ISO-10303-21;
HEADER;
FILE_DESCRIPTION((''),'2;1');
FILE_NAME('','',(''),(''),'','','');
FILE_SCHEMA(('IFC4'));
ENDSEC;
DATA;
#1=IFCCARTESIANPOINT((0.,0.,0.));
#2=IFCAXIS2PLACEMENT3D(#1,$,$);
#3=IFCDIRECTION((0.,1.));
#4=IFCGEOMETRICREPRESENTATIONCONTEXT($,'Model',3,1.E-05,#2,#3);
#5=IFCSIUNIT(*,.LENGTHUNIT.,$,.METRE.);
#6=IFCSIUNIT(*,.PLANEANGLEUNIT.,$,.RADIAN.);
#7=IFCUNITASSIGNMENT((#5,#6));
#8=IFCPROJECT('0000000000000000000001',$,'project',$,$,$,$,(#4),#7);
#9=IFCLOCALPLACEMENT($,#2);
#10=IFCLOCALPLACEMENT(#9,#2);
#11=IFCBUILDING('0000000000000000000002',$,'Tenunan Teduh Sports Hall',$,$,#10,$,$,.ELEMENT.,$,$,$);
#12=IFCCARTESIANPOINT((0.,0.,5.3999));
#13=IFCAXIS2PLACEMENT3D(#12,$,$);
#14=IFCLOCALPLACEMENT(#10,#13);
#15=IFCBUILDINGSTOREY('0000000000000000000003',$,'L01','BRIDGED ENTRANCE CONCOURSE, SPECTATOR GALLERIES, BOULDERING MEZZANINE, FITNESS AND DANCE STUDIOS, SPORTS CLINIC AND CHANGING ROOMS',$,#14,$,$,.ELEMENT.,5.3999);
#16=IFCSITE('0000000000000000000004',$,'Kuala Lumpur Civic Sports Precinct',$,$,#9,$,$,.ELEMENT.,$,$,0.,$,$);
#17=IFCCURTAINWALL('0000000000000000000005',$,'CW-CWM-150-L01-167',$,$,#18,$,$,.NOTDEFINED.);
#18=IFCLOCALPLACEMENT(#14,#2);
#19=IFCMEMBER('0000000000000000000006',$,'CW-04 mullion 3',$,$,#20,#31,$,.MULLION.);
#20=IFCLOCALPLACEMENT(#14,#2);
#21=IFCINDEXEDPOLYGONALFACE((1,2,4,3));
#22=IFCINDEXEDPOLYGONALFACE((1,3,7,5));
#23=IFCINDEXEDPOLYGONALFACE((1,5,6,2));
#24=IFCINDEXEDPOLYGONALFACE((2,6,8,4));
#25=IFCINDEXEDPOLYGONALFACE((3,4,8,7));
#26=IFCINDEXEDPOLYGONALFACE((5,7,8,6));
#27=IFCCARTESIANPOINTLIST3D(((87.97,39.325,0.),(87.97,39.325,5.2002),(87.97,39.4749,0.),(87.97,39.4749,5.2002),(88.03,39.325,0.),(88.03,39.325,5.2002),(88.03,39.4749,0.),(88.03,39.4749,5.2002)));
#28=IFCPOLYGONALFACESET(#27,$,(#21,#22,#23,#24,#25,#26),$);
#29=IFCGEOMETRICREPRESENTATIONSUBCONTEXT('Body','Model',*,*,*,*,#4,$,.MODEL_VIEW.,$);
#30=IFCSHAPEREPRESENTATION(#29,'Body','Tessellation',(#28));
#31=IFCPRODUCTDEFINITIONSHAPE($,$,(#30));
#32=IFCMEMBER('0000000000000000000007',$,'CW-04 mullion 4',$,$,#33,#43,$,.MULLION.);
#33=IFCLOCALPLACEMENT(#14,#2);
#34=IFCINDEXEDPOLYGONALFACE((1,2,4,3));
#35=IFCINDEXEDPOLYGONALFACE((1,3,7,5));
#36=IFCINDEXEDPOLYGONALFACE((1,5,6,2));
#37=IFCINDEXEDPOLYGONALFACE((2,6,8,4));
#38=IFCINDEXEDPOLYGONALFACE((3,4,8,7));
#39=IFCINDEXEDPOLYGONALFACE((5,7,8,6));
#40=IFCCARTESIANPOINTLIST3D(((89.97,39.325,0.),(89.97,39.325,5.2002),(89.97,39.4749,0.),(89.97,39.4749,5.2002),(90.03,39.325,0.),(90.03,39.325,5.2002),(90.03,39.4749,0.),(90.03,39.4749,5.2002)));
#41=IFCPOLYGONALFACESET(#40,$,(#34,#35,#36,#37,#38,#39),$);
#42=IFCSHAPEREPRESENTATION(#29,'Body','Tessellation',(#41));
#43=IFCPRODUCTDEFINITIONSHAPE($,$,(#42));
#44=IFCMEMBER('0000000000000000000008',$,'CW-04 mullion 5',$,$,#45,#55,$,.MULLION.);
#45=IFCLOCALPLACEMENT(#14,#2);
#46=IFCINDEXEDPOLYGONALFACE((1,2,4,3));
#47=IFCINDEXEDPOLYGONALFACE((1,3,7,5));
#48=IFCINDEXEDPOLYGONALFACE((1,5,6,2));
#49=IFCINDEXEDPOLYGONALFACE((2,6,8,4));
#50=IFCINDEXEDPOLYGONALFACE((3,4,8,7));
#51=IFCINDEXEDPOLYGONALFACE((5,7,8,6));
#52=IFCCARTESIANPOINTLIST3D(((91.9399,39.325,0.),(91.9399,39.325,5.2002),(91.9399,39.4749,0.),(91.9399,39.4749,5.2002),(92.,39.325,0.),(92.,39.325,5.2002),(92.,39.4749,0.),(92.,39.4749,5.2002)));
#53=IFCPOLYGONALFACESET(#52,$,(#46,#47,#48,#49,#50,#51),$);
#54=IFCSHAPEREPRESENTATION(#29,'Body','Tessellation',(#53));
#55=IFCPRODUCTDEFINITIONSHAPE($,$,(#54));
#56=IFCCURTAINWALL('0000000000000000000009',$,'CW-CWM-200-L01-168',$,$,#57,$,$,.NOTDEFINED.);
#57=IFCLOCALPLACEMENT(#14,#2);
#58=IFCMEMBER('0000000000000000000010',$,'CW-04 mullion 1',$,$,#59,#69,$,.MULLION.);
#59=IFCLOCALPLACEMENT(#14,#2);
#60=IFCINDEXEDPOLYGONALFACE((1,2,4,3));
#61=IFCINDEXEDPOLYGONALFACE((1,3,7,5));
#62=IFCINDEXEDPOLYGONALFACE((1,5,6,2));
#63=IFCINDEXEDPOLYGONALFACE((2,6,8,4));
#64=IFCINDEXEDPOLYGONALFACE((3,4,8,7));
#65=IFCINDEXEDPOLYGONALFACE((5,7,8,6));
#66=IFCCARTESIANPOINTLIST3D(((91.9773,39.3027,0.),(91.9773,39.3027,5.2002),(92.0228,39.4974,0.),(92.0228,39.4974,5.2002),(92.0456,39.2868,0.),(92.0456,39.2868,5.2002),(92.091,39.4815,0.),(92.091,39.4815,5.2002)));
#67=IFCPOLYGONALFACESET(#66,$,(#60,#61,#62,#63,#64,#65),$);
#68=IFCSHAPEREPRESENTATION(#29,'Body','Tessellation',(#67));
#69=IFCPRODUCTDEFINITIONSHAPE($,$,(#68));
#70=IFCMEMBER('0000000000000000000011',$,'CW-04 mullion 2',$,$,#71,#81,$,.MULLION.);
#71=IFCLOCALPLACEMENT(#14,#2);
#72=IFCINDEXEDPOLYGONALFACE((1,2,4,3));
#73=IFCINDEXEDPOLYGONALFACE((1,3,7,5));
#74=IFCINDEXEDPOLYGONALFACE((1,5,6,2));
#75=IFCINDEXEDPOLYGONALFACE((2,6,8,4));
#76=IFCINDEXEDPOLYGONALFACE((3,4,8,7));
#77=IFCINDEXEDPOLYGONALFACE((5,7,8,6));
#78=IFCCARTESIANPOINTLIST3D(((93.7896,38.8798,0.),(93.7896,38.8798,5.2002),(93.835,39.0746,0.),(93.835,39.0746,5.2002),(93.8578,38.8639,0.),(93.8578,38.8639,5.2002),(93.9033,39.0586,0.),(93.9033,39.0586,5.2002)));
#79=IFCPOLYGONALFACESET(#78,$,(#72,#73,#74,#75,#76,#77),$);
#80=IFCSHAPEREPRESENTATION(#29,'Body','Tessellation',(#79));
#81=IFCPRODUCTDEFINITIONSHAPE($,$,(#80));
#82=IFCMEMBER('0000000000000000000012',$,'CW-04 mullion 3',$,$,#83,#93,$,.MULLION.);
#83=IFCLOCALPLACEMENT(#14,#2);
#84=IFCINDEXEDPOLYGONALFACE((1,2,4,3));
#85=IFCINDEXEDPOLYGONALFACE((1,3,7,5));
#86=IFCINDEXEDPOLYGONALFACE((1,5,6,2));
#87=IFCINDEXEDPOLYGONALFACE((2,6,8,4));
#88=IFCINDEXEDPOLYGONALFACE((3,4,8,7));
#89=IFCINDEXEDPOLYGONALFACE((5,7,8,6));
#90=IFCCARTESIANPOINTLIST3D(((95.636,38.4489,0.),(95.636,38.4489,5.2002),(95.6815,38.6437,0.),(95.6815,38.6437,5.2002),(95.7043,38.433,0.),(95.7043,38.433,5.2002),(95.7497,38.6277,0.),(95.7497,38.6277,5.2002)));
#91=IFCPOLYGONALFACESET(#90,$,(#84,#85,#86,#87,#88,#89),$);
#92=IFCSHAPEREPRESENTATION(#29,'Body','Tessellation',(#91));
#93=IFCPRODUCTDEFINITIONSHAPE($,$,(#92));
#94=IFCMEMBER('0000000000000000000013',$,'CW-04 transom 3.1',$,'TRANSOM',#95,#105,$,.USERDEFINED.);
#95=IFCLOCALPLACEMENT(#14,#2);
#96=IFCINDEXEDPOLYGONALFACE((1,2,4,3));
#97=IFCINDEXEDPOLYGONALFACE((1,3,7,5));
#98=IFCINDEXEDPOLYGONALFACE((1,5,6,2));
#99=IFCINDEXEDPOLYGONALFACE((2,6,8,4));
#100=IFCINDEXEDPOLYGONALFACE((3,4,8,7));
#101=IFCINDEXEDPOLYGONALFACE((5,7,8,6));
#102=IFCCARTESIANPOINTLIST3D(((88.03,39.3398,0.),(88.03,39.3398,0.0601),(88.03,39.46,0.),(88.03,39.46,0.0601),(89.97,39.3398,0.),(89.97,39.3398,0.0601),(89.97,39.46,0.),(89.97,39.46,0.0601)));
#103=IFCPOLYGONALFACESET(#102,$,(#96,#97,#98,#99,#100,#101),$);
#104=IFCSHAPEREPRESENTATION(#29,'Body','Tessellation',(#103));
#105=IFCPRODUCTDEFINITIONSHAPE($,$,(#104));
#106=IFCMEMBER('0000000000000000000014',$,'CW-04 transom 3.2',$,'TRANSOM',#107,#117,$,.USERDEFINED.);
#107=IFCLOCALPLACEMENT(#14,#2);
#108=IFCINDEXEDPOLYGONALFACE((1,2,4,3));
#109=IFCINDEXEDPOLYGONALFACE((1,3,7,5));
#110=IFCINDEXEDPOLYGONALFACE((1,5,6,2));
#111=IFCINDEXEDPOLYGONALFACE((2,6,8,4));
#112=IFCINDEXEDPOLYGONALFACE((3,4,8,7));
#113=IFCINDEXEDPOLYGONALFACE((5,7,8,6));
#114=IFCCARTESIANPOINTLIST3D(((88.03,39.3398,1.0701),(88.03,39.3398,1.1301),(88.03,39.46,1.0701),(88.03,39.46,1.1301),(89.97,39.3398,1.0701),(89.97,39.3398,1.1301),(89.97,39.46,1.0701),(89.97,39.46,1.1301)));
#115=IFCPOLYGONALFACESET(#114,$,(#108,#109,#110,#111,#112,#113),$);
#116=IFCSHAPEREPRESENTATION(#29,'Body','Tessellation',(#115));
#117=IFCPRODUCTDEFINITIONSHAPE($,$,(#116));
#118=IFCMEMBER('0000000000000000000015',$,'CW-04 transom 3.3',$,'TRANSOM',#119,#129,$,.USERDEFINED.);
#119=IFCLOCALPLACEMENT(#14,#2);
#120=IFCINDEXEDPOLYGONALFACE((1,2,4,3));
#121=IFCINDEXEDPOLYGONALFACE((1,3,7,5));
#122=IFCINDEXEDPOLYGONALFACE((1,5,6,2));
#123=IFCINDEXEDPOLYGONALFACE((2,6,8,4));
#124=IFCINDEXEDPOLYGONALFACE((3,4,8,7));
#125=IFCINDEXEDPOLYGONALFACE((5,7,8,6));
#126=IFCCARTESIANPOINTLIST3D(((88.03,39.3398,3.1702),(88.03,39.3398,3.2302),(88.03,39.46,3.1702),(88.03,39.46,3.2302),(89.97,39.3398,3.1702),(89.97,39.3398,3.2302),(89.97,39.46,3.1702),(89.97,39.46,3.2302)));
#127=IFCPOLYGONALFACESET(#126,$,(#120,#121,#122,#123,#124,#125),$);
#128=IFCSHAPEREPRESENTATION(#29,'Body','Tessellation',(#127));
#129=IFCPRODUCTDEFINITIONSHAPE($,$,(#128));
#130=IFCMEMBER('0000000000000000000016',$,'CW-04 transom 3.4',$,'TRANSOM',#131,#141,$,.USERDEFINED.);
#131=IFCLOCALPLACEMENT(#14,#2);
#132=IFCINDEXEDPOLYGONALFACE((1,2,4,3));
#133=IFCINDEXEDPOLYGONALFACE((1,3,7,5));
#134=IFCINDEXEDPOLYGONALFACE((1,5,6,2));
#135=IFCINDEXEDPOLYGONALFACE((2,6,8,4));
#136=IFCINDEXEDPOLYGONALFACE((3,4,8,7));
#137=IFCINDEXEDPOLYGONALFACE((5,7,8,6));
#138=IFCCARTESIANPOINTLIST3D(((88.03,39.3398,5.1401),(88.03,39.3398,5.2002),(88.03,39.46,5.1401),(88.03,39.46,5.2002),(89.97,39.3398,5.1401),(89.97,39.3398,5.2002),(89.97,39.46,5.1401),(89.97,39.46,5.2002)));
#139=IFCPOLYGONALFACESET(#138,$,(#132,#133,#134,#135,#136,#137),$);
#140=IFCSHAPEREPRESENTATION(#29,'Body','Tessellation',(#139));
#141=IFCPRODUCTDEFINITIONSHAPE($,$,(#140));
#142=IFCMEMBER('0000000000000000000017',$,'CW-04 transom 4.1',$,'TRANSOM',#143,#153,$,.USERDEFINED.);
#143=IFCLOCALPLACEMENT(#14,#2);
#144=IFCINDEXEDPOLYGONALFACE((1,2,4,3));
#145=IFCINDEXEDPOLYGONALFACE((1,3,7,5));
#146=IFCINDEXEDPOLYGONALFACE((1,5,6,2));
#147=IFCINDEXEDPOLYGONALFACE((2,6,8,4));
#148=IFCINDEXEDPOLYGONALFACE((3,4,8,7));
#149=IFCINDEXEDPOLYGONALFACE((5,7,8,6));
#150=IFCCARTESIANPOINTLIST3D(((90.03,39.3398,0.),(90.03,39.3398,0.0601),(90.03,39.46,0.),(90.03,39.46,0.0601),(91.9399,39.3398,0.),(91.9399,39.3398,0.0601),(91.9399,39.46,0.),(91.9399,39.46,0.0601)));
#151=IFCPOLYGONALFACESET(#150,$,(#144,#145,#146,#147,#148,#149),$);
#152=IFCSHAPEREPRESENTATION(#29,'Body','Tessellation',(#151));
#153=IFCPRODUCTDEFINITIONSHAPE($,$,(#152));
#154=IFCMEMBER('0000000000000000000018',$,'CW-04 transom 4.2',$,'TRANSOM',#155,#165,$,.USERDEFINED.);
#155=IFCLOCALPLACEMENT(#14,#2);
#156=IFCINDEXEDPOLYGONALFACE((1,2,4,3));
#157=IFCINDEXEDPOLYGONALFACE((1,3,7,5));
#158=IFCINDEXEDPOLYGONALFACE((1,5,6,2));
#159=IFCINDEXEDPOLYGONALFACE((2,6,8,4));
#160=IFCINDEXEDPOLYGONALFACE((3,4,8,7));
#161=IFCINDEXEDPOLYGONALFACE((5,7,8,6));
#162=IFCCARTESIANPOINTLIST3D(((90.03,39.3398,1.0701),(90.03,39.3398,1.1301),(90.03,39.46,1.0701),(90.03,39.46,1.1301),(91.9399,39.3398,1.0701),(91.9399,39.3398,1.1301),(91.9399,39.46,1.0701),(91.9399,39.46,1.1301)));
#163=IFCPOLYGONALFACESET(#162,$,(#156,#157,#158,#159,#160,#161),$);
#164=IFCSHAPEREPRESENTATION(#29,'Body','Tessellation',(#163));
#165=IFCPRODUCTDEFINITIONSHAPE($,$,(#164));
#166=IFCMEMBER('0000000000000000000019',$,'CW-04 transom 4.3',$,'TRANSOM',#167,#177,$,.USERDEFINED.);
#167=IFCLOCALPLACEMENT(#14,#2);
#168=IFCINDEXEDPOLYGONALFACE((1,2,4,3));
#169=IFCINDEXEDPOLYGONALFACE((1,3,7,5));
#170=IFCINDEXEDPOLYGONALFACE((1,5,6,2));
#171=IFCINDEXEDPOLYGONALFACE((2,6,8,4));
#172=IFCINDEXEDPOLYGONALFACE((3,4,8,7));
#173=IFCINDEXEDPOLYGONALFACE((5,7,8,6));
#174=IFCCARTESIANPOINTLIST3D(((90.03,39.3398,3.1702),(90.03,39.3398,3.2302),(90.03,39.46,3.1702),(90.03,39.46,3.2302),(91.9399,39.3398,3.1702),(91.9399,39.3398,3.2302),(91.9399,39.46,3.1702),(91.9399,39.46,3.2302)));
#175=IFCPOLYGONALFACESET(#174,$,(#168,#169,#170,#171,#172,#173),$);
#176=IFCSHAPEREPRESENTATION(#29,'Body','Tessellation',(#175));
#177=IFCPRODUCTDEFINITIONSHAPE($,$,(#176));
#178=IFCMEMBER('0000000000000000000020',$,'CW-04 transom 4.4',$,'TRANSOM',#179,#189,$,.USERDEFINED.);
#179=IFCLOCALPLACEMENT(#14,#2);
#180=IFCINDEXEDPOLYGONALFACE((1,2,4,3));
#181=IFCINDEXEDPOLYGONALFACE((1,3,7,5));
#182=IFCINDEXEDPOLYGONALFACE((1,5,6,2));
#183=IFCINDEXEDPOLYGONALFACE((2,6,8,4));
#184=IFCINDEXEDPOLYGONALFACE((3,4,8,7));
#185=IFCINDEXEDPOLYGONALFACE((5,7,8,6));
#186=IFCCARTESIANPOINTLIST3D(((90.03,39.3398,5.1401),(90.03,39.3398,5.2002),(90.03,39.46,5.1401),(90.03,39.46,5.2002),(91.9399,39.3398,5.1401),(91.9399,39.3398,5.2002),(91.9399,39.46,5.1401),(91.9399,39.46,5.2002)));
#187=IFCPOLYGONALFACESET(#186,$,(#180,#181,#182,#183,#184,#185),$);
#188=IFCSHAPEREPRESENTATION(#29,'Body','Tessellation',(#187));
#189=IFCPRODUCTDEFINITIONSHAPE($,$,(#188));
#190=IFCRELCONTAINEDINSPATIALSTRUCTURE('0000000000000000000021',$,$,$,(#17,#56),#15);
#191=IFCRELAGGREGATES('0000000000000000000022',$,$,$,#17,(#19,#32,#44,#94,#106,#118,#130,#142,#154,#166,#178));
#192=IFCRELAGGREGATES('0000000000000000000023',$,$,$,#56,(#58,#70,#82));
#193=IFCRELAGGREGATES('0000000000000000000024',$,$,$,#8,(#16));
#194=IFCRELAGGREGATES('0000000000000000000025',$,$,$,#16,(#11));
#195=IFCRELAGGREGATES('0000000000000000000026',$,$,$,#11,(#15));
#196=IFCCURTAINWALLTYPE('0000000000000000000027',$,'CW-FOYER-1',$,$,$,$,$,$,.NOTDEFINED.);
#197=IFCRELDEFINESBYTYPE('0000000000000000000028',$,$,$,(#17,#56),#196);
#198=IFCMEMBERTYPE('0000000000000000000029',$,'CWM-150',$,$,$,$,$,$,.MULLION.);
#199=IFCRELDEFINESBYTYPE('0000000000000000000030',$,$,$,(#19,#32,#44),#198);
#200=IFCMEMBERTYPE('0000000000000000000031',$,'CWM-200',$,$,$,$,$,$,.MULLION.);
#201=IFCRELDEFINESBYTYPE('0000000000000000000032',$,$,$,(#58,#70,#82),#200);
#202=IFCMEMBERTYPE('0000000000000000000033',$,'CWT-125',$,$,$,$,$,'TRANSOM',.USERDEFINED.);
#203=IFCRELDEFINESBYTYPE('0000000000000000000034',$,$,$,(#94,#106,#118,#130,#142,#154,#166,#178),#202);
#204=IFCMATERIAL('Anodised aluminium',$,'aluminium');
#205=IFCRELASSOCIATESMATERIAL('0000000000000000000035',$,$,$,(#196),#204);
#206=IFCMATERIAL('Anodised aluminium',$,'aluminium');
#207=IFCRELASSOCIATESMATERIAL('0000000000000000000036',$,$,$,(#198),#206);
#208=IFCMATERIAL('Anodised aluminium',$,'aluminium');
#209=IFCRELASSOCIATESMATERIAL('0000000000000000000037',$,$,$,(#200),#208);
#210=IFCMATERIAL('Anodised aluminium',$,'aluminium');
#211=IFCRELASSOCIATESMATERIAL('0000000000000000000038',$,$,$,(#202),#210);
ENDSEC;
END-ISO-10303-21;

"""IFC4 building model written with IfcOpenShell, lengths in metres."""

from ifc_helpers import new_model, si_unit, direction, frame, origin, origin_2d, place, context, subcontext, project, spatial, rectangle, extrude, material, material_profile, profile_set, type_object, element, aggregate, save


model = new_model("IFC4")

# Units and contexts
model_context = context("Model", 3, precision=1e-05, world=origin(), true_north=direction((0.0, 1.0)))
body_context = subcontext(model_context, "Body", "Model", "MODEL_VIEW")
ifc_project = project(units=[si_unit("LENGTHUNIT", "METRE"), si_unit("PLANEANGLEUNIT", "RADIAN")], contexts=[model_context])

# Site, building, storey
site_placement = place(None, origin())
site = spatial("IfcSite", under=ifc_project, at=site_placement, Name="Kuala Lumpur Civic Sports Precinct", CompositionType="ELEMENT", RefElevation=0.0)
building_placement = place(site_placement, origin())
building = spatial("IfcBuilding", under=site, at=building_placement, Name="Tenunan Teduh Sports Hall", CompositionType="ELEMENT")
storey_placement = place(building_placement, frame((0.0, 0.0, 5.3999)))
storey = spatial("IfcBuildingStorey", under=building, at=storey_placement, Name="L01", Description="BRIDGED ENTRANCE CONCOURSE, SPECTATOR GALLERIES, BOULDERING MEZZANINE, FITNESS AND DANCE STUDIOS, SPORTS CLINIC AND CHANGING ROOMS", CompositionType="ELEMENT", Elevation=5.3999)

# Curtain walls, members
ifc_material_1 = material(Name="Anodised aluminium", Category="aluminium")
curtain_wall_type = type_object("IfcCurtainWallType", Name="CW-FOYER-1", PredefinedType="NOTDEFINED", material=ifc_material_1)
curtain_wall_1_placement = place(storey_placement, origin())
curtain_wall_1 = element("IfcCurtainWall", 1, at=curtain_wall_1_placement, inside=storey, type_object=curtain_wall_type, Name="CW-CWM-150-L01-167", PredefinedType="NOTDEFINED")
ifc_material_2 = material(Name="Anodised aluminium", Category="aluminium")
ifc_material_profile_1 = material_profile(ifc_material_2, rectangle(XDim=0.0601, YDim=0.1499, at=origin_2d()), Name="CWM 60x150")
ifc_profile_set_1 = profile_set([ifc_material_profile_1], Name="Anodised aluminium")
member_type_1 = type_object("IfcMemberType", Name="CWM-150", PredefinedType="MULLION", material=ifc_profile_set_1)
member_1_placement = place(storey_placement, frame((88.0, 39.3999, 0.0), z_axis=(0.0, 0.0, 1.0), x_axis=(1.0, 0.0, 0.0)))
member_1 = element("IfcMember", 2, at=member_1_placement, type_object=member_type_1, Name="CW-04 mullion 3", PredefinedType="MULLION", context=body_context, shape_type="SweptSolid", body=[
    extrude(rectangle(XDim=0.0601, YDim=0.1499, at=origin_2d()), origin(), (0.0, 0.0, 1.0), 5.2002),
])
member_2_placement = place(storey_placement, frame((90.0, 39.3999, 0.0), z_axis=(0.0, 0.0, 1.0), x_axis=(1.0, 0.0, 0.0)))
member_2 = element("IfcMember", 3, at=member_2_placement, type_object=member_type_1, Name="CW-04 mullion 4", PredefinedType="MULLION", context=body_context, shape_type="SweptSolid", body=[
    extrude(rectangle(XDim=0.0601, YDim=0.1499, at=origin_2d()), origin(), (0.0, 0.0, 1.0), 5.2002),
])
member_3_placement = place(storey_placement, frame((91.97, 39.3999, 0.0), z_axis=(0.0, 0.0, 1.0), x_axis=(1.0, 0.0, 0.0)))
member_3 = element("IfcMember", 4, at=member_3_placement, type_object=member_type_1, Name="CW-04 mullion 5", PredefinedType="MULLION", context=body_context, shape_type="SweptSolid", body=[
    extrude(rectangle(XDim=0.0601, YDim=0.1499, at=origin_2d()), origin(), (0.0, 0.0, 1.0), 5.2002),
])
curtain_wall_2_placement = place(storey_placement, origin())
curtain_wall_2 = element("IfcCurtainWall", 5, at=curtain_wall_2_placement, inside=storey, type_object=curtain_wall_type, Name="CW-CWM-200-L01-168", PredefinedType="NOTDEFINED")
ifc_material_3 = material(Name="Anodised aluminium", Category="aluminium")
ifc_material_profile_2 = material_profile(ifc_material_3, rectangle(XDim=0.0701, YDim=0.2, at=origin_2d()), Name="CWM 70x200")
ifc_profile_set_2 = profile_set([ifc_material_profile_2], Name="Anodised aluminium")
member_type_2 = type_object("IfcMemberType", Name="CWM-200", PredefinedType="MULLION", material=ifc_profile_set_2)
member_4_placement = place(storey_placement, frame((92.0342, 39.3921, 0.0), z_axis=(0.0, 0.0, 1.0), x_axis=(-0.973842, 0.227226, 0.0)))
member_4 = element("IfcMember", 6, at=member_4_placement, type_object=member_type_2, Name="CW-04 mullion 1", PredefinedType="MULLION", context=body_context, shape_type="SweptSolid", body=[
    extrude(rectangle(XDim=0.0701, YDim=0.2, at=origin_2d()), origin(), (0.0, 0.0, 1.0), 5.2002),
])
member_5_placement = place(storey_placement, frame((93.8464, 38.9692, 0.0), z_axis=(0.0, 0.0, 1.0), x_axis=(-0.973842, 0.227226, 0.0)))
member_5 = element("IfcMember", 7, at=member_5_placement, type_object=member_type_2, Name="CW-04 mullion 2", PredefinedType="MULLION", context=body_context, shape_type="SweptSolid", body=[
    extrude(rectangle(XDim=0.0701, YDim=0.2, at=origin_2d()), origin(), (0.0, 0.0, 1.0), 5.2002),
])
member_6_placement = place(storey_placement, frame((95.6929, 38.5383, 0.0), z_axis=(0.0, 0.0, 1.0), x_axis=(-0.973842, 0.227226, 0.0)))
member_6 = element("IfcMember", 8, at=member_6_placement, type_object=member_type_2, Name="CW-04 mullion 3", PredefinedType="MULLION", context=body_context, shape_type="SweptSolid", body=[
    extrude(rectangle(XDim=0.0701, YDim=0.2, at=origin_2d()), origin(), (0.0, 0.0, 1.0), 5.2002),
])

# Members
ifc_material_4 = material(Name="Anodised aluminium", Category="aluminium")
ifc_material_profile_3 = material_profile(ifc_material_4, rectangle(XDim=0.0601, YDim=0.1201, at=origin_2d()), Name="CWT 60x120")
ifc_profile_set_3 = profile_set([ifc_material_profile_3], Name="Anodised aluminium")
member_type_3 = type_object("IfcMemberType", Name="CWT-125", ElementType="TRANSOM", PredefinedType="USERDEFINED", material=ifc_profile_set_3)
member_7_placement = place(storey_placement, frame((88.03, 39.3999, 0.03), z_axis=(1.0, 0.0, 0.0), x_axis=(0.0, 0.0, 1.0)))
member_7 = element("IfcMember", 9, at=member_7_placement, type_object=member_type_3, Name="CW-04 transom 3.1", ObjectType="TRANSOM", PredefinedType="USERDEFINED", context=body_context, shape_type="SweptSolid", body=[
    extrude(rectangle(XDim=0.0601, YDim=0.1201, at=origin_2d()), origin(), (0.0, 0.0, 1.0), 1.9399),
])
member_8_placement = place(storey_placement, frame((88.03, 39.3999, 1.1001), z_axis=(1.0, 0.0, 0.0), x_axis=(0.0, 0.0, 1.0)))
member_8 = element("IfcMember", 10, at=member_8_placement, type_object=member_type_3, Name="CW-04 transom 3.2", ObjectType="TRANSOM", PredefinedType="USERDEFINED", context=body_context, shape_type="SweptSolid", body=[
    extrude(rectangle(XDim=0.0601, YDim=0.1201, at=origin_2d()), origin(), (0.0, 0.0, 1.0), 1.9399),
])
member_9_placement = place(storey_placement, frame((88.03, 39.3999, 3.2002), z_axis=(1.0, 0.0, 0.0), x_axis=(0.0, 0.0, 1.0)))
member_9 = element("IfcMember", 11, at=member_9_placement, type_object=member_type_3, Name="CW-04 transom 3.3", ObjectType="TRANSOM", PredefinedType="USERDEFINED", context=body_context, shape_type="SweptSolid", body=[
    extrude(rectangle(XDim=0.0601, YDim=0.1201, at=origin_2d()), origin(), (0.0, 0.0, 1.0), 1.9399),
])
member_10_placement = place(storey_placement, frame((88.03, 39.3999, 5.1702), z_axis=(1.0, 0.0, 0.0), x_axis=(0.0, 0.0, 1.0)))
member_10 = element("IfcMember", 12, at=member_10_placement, type_object=member_type_3, Name="CW-04 transom 3.4", ObjectType="TRANSOM", PredefinedType="USERDEFINED", context=body_context, shape_type="SweptSolid", body=[
    extrude(rectangle(XDim=0.0601, YDim=0.1201, at=origin_2d()), origin(), (0.0, 0.0, 1.0), 1.9399),
])
member_11_placement = place(storey_placement, frame((90.03, 39.3999, 0.03), z_axis=(1.0, 0.0, 0.0), x_axis=(0.0, 0.0, 1.0)))
member_11 = element("IfcMember", 13, at=member_11_placement, type_object=member_type_3, Name="CW-04 transom 4.1", ObjectType="TRANSOM", PredefinedType="USERDEFINED", context=body_context, shape_type="SweptSolid", body=[
    extrude(rectangle(XDim=0.0601, YDim=0.1201, at=origin_2d()), origin(), (0.0, 0.0, 1.0), 1.9099),
])
member_12_placement = place(storey_placement, frame((90.03, 39.3999, 1.1001), z_axis=(1.0, 0.0, 0.0), x_axis=(0.0, 0.0, 1.0)))
member_12 = element("IfcMember", 14, at=member_12_placement, type_object=member_type_3, Name="CW-04 transom 4.2", ObjectType="TRANSOM", PredefinedType="USERDEFINED", context=body_context, shape_type="SweptSolid", body=[
    extrude(rectangle(XDim=0.0601, YDim=0.1201, at=origin_2d()), origin(), (0.0, 0.0, 1.0), 1.9099),
])
member_13_placement = place(storey_placement, frame((90.03, 39.3999, 3.2002), z_axis=(1.0, 0.0, 0.0), x_axis=(0.0, 0.0, 1.0)))
member_13 = element("IfcMember", 15, at=member_13_placement, type_object=member_type_3, Name="CW-04 transom 4.3", ObjectType="TRANSOM", PredefinedType="USERDEFINED", context=body_context, shape_type="SweptSolid", body=[
    extrude(rectangle(XDim=0.0601, YDim=0.1201, at=origin_2d()), origin(), (0.0, 0.0, 1.0), 1.9099),
])
member_14_placement = place(storey_placement, frame((90.03, 39.3999, 5.1702), z_axis=(1.0, 0.0, 0.0), x_axis=(0.0, 0.0, 1.0)))
member_14 = element("IfcMember", 16, at=member_14_placement, type_object=member_type_3, Name="CW-04 transom 4.4", ObjectType="TRANSOM", PredefinedType="USERDEFINED", context=body_context, shape_type="SweptSolid", body=[
    extrude(rectangle(XDim=0.0601, YDim=0.1201, at=origin_2d()), origin(), (0.0, 0.0, 1.0), 1.9099),
])

aggregate(curtain_wall_1, [member_1, member_2, member_3, member_7, member_8, member_9, member_10, member_11, member_12, member_13, member_14])
aggregate(curtain_wall_2, [member_4, member_5, member_6])

save(model, "model.ifc")
